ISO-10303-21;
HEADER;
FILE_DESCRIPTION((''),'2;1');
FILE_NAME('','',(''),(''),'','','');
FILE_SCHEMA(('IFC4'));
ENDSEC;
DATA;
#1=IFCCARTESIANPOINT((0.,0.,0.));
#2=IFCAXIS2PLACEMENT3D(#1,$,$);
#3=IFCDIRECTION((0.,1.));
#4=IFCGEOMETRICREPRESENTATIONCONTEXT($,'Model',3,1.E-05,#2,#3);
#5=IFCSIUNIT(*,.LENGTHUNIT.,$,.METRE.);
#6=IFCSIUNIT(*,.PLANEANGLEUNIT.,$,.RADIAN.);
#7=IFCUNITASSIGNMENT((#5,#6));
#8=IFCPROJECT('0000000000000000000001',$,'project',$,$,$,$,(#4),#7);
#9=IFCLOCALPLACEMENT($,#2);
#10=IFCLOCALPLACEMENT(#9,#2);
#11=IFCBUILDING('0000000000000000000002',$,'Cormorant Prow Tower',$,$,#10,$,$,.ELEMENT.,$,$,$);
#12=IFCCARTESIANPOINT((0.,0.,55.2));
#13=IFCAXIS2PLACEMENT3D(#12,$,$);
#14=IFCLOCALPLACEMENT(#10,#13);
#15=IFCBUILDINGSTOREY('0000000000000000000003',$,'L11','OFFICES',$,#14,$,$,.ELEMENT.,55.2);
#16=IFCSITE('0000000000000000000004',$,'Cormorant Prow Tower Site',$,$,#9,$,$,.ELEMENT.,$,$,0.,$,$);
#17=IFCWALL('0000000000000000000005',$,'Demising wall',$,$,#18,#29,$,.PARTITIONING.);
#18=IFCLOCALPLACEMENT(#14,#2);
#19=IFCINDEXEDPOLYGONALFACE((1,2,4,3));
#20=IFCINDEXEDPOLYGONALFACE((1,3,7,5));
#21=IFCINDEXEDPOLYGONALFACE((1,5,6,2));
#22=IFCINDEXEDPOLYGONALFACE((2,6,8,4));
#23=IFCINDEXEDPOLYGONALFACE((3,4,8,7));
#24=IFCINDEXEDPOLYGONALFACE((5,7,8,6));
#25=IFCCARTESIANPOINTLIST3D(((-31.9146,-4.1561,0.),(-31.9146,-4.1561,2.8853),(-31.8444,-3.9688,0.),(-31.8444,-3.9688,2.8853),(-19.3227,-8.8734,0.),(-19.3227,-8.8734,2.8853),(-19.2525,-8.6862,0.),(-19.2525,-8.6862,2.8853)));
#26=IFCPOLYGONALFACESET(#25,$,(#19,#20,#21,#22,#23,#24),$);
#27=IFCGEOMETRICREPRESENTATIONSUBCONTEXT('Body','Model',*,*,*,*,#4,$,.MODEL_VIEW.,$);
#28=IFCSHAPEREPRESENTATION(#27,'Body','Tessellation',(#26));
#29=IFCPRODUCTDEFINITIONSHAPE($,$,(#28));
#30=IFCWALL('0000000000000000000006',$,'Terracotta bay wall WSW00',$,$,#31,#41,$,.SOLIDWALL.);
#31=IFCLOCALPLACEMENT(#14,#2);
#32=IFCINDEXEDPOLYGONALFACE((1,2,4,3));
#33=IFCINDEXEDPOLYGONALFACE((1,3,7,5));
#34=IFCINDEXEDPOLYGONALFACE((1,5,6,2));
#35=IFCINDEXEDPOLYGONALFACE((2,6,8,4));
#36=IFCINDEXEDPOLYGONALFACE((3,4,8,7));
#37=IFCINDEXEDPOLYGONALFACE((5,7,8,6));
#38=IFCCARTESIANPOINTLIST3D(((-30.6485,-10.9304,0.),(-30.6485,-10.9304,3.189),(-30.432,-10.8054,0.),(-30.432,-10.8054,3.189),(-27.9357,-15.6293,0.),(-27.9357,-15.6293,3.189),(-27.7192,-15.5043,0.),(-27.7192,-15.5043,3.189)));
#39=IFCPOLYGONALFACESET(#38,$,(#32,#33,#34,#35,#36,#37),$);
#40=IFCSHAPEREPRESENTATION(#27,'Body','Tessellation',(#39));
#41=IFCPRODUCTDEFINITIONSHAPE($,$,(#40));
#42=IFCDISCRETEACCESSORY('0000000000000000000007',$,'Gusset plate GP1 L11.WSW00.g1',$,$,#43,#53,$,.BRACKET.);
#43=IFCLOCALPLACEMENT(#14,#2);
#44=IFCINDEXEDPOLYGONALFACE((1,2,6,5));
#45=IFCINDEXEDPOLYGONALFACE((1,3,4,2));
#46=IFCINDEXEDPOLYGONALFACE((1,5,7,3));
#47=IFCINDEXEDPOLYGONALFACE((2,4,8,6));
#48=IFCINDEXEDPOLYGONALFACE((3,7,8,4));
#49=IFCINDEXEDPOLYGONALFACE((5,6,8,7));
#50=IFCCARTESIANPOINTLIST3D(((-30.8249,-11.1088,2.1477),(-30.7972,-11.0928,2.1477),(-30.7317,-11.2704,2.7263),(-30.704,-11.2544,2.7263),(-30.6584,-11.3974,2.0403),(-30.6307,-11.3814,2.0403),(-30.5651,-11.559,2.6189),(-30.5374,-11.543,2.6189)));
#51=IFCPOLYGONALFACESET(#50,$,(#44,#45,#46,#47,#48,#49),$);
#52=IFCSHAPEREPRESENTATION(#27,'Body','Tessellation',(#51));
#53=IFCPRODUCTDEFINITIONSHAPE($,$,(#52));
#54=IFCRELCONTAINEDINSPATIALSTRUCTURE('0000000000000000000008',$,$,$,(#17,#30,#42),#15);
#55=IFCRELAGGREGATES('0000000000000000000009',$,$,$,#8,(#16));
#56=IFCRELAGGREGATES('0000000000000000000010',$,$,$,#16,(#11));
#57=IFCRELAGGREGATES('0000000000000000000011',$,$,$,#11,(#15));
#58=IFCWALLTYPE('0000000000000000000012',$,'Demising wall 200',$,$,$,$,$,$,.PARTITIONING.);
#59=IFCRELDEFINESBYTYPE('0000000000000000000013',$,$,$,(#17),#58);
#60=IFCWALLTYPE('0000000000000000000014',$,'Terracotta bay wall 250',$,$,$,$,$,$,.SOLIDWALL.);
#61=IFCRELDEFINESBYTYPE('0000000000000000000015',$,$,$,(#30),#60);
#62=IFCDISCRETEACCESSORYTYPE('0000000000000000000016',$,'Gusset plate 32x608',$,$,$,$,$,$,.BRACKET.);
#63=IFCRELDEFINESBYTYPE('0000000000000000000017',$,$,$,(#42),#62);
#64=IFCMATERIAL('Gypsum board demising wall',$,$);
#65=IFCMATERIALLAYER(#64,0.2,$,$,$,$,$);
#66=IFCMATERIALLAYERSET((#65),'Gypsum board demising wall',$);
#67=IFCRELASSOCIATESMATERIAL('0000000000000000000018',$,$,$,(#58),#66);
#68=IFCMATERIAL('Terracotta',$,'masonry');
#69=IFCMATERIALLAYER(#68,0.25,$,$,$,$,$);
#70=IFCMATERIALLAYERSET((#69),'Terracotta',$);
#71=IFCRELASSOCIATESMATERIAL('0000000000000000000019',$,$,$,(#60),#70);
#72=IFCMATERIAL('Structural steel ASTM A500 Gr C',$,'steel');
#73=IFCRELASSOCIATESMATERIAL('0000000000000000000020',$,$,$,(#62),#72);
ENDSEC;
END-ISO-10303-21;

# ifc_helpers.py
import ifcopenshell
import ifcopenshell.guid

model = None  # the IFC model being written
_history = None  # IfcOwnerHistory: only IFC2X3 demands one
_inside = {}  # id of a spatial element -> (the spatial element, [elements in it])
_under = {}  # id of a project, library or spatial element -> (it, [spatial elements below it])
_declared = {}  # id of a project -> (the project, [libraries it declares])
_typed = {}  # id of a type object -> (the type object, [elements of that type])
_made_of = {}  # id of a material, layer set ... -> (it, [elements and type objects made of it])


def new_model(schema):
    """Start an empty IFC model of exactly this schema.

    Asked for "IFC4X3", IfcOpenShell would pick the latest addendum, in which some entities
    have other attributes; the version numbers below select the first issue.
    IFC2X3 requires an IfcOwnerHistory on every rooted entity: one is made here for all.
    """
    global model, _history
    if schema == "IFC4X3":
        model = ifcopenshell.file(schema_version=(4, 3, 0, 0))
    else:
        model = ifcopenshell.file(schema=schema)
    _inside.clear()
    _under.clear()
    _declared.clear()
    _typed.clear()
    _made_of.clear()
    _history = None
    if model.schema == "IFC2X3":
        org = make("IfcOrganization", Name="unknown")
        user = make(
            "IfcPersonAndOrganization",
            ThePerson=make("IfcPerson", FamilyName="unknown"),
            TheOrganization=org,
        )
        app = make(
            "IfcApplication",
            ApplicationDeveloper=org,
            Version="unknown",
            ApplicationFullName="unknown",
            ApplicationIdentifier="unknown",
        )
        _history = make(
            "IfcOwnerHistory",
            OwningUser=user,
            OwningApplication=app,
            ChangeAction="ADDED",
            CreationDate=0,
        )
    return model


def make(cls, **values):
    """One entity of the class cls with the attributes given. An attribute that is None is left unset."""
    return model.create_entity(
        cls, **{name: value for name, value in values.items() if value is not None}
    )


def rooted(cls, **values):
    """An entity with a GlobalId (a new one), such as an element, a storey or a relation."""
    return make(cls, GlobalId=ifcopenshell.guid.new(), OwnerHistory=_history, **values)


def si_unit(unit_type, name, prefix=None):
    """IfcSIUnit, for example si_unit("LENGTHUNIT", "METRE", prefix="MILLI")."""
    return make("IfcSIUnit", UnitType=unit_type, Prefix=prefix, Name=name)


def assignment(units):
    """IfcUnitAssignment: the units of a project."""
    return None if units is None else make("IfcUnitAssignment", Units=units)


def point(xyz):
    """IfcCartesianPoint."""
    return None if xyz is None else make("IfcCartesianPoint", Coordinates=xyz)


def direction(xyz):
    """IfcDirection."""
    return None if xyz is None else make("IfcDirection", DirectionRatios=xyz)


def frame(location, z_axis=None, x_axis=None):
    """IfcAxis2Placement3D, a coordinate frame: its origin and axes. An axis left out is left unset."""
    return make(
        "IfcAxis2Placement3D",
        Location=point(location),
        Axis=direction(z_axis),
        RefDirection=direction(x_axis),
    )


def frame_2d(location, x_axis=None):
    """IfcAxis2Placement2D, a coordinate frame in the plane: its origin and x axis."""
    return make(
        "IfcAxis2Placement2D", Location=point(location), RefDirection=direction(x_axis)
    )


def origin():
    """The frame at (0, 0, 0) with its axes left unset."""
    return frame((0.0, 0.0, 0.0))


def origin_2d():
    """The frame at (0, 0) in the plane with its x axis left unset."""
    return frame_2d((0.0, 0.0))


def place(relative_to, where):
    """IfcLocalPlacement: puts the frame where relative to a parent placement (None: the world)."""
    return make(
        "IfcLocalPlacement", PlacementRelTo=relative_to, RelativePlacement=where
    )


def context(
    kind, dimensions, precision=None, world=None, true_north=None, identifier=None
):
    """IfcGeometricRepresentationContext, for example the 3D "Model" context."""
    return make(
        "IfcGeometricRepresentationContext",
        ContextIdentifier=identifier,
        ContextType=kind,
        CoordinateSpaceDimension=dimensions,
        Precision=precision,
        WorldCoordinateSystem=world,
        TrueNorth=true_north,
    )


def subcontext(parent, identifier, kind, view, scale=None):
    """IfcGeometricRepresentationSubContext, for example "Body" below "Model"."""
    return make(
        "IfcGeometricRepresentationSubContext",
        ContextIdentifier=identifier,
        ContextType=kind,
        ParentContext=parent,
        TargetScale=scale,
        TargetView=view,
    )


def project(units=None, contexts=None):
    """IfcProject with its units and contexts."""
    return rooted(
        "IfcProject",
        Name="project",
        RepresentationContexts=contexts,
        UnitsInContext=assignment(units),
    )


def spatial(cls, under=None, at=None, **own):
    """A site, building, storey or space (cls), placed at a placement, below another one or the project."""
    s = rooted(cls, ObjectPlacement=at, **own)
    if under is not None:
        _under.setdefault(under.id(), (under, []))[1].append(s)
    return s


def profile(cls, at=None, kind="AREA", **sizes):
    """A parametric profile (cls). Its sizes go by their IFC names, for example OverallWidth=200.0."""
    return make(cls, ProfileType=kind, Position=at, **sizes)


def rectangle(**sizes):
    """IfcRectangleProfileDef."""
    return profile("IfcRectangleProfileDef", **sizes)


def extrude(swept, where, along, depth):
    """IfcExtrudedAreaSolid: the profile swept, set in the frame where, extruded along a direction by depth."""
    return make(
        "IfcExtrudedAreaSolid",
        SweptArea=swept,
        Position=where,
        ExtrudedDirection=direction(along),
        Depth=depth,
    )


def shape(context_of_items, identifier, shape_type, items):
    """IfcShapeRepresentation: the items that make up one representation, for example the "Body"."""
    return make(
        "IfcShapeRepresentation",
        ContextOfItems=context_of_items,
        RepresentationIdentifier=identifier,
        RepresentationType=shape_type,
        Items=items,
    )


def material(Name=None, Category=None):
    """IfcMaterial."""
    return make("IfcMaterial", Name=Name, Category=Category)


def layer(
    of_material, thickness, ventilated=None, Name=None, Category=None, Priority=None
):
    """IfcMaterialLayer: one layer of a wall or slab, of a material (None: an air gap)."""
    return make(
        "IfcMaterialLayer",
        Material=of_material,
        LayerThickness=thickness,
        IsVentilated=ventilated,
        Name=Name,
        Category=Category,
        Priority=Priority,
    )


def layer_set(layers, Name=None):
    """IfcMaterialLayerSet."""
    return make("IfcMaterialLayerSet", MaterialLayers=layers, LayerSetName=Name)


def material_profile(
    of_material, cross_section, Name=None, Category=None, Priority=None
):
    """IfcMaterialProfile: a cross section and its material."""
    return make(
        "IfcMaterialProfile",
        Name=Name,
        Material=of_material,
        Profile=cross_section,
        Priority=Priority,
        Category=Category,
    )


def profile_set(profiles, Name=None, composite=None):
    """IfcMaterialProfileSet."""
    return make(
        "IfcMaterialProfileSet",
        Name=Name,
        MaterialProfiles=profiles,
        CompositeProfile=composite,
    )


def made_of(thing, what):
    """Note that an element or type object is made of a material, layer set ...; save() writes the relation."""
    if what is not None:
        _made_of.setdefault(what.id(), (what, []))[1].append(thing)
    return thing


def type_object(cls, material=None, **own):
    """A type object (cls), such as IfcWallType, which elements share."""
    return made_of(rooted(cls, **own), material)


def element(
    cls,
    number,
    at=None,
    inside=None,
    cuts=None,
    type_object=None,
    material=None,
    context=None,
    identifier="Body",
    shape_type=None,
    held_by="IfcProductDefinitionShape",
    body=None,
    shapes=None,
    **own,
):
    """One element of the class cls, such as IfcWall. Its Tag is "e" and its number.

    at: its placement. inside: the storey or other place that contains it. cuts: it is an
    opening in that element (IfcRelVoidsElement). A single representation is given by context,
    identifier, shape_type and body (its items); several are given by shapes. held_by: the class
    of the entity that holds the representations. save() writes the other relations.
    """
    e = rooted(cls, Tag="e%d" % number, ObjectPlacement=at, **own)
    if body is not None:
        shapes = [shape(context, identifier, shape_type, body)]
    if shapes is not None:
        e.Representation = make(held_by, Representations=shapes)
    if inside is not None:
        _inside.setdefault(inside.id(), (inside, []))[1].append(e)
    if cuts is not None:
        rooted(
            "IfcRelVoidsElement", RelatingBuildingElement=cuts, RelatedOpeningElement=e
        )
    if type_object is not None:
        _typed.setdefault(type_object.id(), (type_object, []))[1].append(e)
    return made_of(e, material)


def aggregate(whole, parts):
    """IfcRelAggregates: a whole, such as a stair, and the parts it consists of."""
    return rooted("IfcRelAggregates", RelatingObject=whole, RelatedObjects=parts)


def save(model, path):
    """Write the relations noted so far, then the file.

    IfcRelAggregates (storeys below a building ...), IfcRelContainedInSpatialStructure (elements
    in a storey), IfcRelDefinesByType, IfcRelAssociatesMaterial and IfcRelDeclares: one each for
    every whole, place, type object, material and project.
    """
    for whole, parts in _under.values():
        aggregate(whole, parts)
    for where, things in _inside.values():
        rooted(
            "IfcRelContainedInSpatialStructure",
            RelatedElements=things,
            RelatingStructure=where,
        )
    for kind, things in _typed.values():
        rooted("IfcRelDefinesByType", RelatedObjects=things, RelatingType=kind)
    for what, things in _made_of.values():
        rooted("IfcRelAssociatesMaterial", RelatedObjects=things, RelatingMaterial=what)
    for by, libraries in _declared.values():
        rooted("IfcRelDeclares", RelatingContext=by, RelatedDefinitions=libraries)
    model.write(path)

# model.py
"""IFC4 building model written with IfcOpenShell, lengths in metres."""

from ifc_helpers import new_model, si_unit, direction, frame, frame_2d, origin, origin_2d, place, context, subcontext, project, spatial, rectangle, extrude, material, layer, layer_set, material_profile, profile_set, type_object, element, save


model = new_model("IFC4")

# Units and contexts
model_context = context("Model", 3, precision=1e-05, world=origin(), true_north=direction((0.0, 1.0)))
body_context = subcontext(model_context, "Body", "Model", "MODEL_VIEW")
ifc_project = project(units=[si_unit("LENGTHUNIT", "METRE"), si_unit("PLANEANGLEUNIT", "RADIAN")], contexts=[model_context])

# Site, building, storey
site_placement = place(None, origin())
site = spatial("IfcSite", under=ifc_project, at=site_placement, Name="Cormorant Prow Tower Site", CompositionType="ELEMENT", RefElevation=0.0)
building_placement = place(site_placement, origin())
building = spatial("IfcBuilding", under=site, at=building_placement, Name="Cormorant Prow Tower", CompositionType="ELEMENT")
storey_placement = place(building_placement, frame((0.0, 0.0, 55.2)))
storey = spatial("IfcBuildingStorey", under=building, at=storey_placement, Name="L11", Description="OFFICES", CompositionType="ELEMENT", Elevation=55.2)

# Walls
ifc_material_1 = material(Name="Gypsum board demising wall")
ifc_layer_1 = layer(ifc_material_1, 0.2)
ifc_layer_set_1 = layer_set([ifc_layer_1], Name="Gypsum board demising wall")
wall_type_1 = type_object("IfcWallType", Name="Demising wall 200", PredefinedType="PARTITIONING", material=ifc_layer_set_1)
wall_1_placement = place(storey_placement, frame((-31.8794, -4.0625, 0.0), z_axis=(0.0, 0.0, 1.0), x_axis=(0.936443, -0.350821, 0.0)))
element("IfcWall", 1, at=wall_1_placement, inside=storey, type_object=wall_type_1, Name="Demising wall", PredefinedType="PARTITIONING", context=body_context, shape_type="SweptSolid", body=[
    extrude(rectangle(XDim=13.4465, YDim=0.2, at=frame_2d((6.7231, 0.0))), origin(), (0.0, 0.0, 1.0), 2.8853),
])
ifc_material_2 = material(Name="Terracotta", Category="masonry")
ifc_layer_2 = layer(ifc_material_2, 0.25)
ifc_layer_set_2 = layer_set([ifc_layer_2], Name="Terracotta")
wall_type_2 = type_object("IfcWallType", Name="Terracotta bay wall 250", PredefinedType="SOLIDWALL", material=ifc_layer_set_2)
wall_2_placement = place(storey_placement, frame((-30.5403, -10.8679, 0.0), z_axis=(0.0, 0.0, 1.0), x_axis=(0.499991, -0.86603, 0.0)))
element("IfcWall", 2, at=wall_2_placement, inside=storey, type_object=wall_type_2, Name="Terracotta bay wall WSW00", PredefinedType="SOLIDWALL", context=body_context, shape_type="SweptSolid", body=[
    extrude(rectangle(XDim=5.4258, YDim=0.25, at=frame_2d((2.7129, 0.0))), origin(), (0.0, 0.0, 1.0), 3.189),
])

# Discrete accessory
ifc_material_3 = material(Name="Structural steel ASTM A500 Gr C", Category="steel")
ifc_material_profile_1 = material_profile(ifc_material_3, rectangle(XDim=0.032, YDim=0.6079, at=origin_2d()), Name="Gusset plate 32x608")
ifc_profile_set_1 = profile_set([ifc_material_profile_1], Name="Structural steel ASTM A500 Gr C")
discrete_accessory_type = type_object("IfcDiscreteAccessoryType", Name="Gusset plate 32x608", PredefinedType="BRACKET", material=ifc_profile_set_1)
discrete_accessory_placement = place(storey_placement, frame((-30.5979, -11.4702, 2.3296), z_axis=(-0.475652, 0.82437, 0.306872), x_axis=(-0.866161, -0.499765, 0.0)))
element("IfcDiscreteAccessory", 3, at=discrete_accessory_placement, inside=storey, type_object=discrete_accessory_type, Name="Gusset plate GP1 L11.WSW00.g1", PredefinedType="BRACKET", context=body_context, shape_type="SweptSolid", body=[
    extrude(rectangle(XDim=0.032, YDim=0.6079, at=origin_2d()), origin(), (0.0, 0.0, 1.0), 0.3501),
])

save(model, "model.ifc")
